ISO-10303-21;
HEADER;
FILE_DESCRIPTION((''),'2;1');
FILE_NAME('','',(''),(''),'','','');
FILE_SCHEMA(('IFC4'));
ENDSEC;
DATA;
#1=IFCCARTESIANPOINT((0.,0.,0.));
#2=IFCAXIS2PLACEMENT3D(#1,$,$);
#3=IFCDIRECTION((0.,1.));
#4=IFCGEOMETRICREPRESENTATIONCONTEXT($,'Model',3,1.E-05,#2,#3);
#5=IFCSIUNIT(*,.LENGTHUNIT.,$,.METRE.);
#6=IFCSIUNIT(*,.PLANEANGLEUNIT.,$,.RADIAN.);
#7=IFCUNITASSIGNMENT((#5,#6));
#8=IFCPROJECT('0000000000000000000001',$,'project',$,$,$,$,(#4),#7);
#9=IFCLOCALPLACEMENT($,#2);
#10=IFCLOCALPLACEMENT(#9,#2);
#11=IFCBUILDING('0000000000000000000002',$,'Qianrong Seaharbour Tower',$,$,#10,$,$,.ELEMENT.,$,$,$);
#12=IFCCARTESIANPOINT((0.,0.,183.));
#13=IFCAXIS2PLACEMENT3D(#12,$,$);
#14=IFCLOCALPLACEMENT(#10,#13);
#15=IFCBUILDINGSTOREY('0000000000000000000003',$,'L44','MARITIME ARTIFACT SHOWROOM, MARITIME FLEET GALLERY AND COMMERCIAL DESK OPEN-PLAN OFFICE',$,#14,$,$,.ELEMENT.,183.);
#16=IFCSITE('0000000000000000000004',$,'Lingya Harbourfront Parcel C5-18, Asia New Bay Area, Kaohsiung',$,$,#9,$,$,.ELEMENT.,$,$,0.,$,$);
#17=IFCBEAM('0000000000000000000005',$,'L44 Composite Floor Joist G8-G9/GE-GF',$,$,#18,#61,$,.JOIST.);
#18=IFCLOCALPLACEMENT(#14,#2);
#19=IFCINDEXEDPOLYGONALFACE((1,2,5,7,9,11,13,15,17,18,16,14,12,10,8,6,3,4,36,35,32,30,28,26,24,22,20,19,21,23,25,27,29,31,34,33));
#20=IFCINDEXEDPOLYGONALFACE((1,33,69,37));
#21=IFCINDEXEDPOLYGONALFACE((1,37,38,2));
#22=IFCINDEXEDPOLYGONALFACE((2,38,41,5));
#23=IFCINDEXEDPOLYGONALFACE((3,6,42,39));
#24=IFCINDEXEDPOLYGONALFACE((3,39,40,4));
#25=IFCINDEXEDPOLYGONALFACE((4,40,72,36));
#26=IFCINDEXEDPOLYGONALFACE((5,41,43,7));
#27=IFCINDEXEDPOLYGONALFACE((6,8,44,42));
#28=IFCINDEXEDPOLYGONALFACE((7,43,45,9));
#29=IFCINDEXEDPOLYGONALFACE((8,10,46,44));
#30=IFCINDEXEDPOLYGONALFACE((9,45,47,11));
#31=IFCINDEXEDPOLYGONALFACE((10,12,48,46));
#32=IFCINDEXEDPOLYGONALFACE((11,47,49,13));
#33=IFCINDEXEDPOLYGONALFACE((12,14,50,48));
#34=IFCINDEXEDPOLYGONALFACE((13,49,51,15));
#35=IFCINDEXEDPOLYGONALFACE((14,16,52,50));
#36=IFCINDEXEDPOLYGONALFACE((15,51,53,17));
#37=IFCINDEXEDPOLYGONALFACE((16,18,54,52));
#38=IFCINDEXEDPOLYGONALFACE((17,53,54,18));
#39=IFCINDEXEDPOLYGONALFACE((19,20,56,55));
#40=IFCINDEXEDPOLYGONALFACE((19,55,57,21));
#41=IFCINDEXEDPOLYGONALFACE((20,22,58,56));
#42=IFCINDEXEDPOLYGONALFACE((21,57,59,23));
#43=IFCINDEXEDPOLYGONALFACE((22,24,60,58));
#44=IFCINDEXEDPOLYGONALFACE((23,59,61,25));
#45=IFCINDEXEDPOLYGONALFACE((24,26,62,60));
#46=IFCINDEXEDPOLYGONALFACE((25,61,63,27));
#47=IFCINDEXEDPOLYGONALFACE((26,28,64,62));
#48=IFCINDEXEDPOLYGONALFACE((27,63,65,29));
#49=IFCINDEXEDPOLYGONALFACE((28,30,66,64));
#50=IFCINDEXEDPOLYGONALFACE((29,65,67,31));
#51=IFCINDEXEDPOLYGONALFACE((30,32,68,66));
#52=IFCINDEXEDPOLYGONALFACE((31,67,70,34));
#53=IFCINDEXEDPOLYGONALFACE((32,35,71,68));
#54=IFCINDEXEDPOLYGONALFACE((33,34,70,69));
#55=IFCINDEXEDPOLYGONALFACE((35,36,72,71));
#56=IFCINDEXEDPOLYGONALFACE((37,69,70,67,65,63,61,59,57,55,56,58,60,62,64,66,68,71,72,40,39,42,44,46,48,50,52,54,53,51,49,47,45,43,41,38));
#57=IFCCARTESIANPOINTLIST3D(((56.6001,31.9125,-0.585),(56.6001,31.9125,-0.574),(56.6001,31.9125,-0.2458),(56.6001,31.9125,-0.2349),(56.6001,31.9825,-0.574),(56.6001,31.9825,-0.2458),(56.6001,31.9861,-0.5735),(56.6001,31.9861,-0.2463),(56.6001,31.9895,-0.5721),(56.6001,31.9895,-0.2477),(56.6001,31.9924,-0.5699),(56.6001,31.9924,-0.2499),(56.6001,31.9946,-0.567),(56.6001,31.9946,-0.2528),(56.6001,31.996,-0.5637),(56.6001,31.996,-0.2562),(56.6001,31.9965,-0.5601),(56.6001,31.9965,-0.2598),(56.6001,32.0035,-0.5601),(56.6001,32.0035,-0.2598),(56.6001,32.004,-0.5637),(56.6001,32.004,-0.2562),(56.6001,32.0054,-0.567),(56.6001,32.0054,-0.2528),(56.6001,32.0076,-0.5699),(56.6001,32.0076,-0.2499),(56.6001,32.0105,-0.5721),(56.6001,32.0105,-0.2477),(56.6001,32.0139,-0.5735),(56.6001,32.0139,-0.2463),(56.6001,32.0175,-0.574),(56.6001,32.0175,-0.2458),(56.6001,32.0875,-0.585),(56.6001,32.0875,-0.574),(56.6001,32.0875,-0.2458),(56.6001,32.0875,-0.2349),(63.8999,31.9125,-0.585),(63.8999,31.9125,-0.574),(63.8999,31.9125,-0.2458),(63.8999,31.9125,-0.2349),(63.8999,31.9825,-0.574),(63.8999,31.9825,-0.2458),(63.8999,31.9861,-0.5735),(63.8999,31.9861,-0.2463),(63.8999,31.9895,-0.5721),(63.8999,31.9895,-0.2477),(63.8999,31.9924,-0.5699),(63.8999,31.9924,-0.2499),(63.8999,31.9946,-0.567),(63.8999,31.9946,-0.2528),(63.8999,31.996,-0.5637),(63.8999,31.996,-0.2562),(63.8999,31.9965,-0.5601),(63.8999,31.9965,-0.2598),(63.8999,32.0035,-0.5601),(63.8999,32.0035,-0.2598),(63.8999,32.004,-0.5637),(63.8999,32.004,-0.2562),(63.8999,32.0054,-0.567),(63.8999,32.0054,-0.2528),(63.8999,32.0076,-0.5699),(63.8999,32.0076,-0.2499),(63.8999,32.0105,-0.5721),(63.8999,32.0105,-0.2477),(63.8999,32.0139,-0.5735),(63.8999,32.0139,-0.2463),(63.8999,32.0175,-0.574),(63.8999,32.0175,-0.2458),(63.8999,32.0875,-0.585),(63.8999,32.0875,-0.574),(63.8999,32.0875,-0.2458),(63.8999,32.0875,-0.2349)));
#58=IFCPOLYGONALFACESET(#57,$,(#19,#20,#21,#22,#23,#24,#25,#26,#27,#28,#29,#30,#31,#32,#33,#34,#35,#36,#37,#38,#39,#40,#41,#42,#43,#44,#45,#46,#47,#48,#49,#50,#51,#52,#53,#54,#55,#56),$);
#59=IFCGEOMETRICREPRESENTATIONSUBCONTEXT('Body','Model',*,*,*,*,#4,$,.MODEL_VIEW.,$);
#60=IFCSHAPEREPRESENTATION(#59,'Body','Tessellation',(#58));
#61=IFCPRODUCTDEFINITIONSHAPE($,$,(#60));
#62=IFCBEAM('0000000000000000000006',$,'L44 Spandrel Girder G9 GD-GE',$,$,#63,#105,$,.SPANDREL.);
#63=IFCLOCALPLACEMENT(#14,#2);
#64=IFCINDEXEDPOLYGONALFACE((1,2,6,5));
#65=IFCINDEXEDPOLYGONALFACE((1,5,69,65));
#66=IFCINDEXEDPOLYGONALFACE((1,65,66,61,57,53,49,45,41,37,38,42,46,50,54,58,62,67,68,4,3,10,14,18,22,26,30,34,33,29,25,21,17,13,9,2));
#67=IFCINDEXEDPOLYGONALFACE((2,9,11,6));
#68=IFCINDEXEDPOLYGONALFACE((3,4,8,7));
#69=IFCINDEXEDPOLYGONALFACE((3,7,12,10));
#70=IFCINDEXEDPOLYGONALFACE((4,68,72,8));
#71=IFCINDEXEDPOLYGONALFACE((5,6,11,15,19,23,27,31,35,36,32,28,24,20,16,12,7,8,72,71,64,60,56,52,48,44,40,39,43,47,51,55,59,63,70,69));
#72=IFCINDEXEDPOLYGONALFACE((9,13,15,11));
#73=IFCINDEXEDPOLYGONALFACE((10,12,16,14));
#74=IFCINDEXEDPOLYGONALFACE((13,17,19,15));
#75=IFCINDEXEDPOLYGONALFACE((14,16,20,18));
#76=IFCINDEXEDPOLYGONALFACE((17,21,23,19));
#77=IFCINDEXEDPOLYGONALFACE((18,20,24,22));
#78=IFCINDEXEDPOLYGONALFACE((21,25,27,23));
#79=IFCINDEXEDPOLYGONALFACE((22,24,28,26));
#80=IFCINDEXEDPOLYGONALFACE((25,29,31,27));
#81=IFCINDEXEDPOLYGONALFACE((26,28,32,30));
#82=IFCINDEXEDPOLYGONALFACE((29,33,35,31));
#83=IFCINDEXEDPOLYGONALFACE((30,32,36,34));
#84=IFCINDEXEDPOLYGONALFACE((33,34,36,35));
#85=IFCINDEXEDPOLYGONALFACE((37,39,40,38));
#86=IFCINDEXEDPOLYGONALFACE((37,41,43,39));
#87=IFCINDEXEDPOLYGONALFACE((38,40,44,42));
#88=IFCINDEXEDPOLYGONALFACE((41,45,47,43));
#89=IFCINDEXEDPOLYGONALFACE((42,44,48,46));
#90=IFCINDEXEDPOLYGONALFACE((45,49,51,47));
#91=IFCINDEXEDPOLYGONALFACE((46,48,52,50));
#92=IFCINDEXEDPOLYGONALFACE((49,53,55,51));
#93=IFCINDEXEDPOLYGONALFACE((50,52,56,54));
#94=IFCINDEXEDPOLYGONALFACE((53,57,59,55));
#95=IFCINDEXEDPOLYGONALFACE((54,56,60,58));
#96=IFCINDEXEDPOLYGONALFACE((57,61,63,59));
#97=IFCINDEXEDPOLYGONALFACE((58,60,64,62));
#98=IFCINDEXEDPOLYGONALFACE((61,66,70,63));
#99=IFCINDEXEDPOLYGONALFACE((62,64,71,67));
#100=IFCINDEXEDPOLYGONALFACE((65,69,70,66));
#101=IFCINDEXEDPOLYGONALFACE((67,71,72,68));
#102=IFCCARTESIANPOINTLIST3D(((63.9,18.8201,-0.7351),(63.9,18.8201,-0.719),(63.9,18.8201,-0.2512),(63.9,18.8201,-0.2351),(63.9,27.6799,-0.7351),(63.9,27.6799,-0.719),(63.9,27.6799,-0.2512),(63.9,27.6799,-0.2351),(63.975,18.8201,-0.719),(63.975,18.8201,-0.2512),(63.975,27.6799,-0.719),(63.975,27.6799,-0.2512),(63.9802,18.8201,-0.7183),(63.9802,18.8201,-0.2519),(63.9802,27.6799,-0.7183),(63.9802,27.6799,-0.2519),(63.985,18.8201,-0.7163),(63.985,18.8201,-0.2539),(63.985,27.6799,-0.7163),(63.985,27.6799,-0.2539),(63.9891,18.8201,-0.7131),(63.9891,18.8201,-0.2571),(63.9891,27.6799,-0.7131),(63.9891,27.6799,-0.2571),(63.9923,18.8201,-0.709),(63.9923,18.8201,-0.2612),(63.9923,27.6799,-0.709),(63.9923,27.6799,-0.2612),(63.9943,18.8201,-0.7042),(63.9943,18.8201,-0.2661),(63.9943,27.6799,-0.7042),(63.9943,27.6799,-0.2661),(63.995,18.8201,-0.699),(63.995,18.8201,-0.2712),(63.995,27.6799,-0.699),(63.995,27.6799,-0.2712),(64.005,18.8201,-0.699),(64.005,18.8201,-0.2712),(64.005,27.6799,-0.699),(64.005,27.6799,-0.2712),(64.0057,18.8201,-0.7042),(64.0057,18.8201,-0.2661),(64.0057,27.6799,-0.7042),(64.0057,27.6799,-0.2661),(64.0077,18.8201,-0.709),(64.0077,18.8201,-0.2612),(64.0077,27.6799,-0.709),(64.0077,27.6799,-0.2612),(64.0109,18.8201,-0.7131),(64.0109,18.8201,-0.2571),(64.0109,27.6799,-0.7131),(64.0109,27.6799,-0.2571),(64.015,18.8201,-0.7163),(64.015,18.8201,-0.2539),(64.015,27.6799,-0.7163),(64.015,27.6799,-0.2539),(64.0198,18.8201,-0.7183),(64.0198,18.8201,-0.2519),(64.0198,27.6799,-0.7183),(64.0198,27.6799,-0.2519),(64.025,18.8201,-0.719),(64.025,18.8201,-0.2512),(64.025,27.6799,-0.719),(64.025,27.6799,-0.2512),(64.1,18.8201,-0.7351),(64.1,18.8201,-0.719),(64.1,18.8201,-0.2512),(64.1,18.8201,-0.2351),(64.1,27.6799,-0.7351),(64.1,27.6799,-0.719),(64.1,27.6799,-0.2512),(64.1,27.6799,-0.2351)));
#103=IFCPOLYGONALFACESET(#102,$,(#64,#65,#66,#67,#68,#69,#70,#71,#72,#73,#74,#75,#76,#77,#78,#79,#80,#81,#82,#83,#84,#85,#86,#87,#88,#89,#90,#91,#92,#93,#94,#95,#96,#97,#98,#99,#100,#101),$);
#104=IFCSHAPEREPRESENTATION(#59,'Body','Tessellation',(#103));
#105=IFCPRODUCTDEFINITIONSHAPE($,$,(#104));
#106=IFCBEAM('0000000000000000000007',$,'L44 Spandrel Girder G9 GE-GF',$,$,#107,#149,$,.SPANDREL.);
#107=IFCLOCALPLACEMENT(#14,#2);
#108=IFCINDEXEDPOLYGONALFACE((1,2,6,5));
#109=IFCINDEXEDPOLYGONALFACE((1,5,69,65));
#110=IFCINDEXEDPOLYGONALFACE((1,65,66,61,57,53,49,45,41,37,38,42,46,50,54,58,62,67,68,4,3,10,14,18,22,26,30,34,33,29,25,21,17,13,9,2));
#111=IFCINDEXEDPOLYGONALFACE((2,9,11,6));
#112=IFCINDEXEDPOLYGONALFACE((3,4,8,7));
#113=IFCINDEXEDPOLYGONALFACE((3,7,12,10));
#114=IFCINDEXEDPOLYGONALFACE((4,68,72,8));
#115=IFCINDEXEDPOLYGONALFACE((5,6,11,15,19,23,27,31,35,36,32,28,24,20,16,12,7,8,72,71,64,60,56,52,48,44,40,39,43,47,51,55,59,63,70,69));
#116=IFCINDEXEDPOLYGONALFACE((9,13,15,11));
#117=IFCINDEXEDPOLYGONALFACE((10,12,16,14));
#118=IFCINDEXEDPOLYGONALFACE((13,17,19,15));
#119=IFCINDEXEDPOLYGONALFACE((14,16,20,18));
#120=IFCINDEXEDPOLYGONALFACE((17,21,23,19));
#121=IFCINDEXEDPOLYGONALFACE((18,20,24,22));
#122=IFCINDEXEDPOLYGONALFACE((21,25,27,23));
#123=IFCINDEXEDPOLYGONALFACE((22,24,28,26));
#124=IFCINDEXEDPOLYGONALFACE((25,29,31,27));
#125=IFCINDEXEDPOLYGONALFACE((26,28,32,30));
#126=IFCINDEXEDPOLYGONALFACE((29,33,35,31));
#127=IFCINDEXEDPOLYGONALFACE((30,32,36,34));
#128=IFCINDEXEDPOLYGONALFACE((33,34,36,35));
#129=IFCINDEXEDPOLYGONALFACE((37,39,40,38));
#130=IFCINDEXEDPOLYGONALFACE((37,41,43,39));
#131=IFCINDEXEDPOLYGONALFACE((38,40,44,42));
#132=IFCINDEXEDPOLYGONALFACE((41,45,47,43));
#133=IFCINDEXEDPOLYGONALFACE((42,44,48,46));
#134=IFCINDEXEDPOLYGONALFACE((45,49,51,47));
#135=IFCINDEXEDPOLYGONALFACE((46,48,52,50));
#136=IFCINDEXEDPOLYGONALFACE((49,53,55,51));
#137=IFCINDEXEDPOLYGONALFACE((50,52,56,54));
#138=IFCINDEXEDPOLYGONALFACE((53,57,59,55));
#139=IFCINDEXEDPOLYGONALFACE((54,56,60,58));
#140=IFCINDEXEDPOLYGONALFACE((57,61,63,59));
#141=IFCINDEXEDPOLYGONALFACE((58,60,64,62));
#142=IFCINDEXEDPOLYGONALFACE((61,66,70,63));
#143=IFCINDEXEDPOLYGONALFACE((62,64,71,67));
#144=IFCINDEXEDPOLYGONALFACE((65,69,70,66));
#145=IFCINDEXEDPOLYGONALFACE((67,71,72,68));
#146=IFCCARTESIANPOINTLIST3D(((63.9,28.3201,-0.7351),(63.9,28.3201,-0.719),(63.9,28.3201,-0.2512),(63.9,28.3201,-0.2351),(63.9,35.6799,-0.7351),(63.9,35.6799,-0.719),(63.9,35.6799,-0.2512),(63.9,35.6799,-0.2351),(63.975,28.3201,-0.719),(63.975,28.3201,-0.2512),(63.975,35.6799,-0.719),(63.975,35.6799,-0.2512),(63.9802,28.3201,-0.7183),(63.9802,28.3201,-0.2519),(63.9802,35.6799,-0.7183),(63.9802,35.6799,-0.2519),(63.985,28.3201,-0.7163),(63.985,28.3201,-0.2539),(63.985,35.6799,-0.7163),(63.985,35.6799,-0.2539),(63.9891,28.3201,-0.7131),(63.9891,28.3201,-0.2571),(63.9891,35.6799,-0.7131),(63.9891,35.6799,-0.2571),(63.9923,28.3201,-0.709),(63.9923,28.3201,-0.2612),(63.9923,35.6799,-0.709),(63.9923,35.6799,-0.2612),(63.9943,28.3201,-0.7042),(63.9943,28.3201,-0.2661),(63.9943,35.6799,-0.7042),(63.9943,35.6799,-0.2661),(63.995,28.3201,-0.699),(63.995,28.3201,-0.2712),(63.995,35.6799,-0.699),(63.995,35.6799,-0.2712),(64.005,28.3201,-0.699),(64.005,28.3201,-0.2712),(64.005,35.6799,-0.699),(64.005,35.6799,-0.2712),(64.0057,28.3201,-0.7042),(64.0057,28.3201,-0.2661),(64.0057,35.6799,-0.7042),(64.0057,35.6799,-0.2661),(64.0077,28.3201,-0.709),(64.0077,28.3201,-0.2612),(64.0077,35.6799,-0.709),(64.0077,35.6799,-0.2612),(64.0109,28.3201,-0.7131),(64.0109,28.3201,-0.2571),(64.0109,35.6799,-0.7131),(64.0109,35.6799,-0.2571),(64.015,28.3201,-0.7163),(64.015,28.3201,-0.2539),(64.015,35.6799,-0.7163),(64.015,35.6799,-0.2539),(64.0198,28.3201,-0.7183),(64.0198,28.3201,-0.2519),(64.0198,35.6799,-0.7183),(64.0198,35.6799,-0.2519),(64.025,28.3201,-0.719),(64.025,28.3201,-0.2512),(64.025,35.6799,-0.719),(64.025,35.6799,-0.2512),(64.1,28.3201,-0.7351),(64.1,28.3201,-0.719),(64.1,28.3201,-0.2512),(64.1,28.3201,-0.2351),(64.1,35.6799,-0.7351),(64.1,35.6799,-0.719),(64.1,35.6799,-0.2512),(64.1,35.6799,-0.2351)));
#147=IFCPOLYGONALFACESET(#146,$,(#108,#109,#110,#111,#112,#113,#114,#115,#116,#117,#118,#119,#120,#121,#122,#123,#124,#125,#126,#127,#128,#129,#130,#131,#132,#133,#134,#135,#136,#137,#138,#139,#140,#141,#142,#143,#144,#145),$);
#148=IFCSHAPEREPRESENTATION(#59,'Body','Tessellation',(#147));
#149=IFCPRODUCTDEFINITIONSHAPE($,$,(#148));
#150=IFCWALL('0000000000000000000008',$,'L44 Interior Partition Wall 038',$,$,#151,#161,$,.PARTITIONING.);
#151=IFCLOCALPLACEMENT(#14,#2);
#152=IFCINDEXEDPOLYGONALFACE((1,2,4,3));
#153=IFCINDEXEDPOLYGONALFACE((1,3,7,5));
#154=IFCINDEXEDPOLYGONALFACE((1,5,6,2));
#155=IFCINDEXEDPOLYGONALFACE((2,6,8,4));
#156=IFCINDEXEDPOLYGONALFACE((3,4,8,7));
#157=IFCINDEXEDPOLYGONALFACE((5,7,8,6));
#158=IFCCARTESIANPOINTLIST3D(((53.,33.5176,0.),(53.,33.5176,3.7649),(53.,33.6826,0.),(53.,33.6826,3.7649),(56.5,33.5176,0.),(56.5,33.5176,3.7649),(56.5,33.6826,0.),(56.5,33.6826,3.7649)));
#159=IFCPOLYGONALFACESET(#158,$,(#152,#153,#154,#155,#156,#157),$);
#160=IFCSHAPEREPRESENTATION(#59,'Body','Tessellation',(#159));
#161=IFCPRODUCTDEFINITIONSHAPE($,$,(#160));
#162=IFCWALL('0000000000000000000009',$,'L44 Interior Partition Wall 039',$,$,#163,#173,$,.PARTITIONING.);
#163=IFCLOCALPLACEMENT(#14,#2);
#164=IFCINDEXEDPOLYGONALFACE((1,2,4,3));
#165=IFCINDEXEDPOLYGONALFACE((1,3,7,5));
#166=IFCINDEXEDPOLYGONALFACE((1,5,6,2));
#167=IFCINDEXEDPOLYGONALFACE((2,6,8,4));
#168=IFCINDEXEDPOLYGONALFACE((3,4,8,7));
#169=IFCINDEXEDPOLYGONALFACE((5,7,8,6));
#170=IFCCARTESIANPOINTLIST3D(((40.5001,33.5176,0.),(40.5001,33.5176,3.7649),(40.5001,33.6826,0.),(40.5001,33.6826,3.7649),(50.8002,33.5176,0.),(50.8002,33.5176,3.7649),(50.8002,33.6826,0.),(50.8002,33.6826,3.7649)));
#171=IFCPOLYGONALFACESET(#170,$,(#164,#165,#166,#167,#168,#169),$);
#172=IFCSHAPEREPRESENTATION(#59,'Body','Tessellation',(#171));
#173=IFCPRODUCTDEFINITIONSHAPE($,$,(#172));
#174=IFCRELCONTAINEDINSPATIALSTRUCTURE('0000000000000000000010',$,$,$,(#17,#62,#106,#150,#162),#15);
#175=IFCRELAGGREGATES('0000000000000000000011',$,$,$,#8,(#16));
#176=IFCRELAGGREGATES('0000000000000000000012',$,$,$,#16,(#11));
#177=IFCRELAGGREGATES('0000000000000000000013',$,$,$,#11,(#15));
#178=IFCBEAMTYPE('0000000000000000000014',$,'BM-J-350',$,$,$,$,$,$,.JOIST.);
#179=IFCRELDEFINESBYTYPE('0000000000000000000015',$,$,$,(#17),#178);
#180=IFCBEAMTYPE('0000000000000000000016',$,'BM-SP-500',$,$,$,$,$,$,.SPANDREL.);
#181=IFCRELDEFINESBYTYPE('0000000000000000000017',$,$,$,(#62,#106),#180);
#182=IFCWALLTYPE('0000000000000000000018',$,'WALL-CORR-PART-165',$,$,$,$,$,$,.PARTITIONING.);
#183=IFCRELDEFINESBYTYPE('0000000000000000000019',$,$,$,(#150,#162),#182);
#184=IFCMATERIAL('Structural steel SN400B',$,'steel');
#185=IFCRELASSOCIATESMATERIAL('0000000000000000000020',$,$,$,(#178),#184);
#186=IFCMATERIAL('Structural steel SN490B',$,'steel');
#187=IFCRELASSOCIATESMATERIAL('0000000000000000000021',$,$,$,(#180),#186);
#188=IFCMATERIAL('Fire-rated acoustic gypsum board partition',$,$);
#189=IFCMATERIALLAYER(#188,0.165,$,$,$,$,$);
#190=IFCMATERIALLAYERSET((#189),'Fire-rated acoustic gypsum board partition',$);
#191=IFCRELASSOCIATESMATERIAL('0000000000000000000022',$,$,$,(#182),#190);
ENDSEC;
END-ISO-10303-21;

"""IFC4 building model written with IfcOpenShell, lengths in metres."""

from ifc_helpers import new_model, si_unit, direction, frame, frame_2d, origin, origin_2d, place, context, subcontext, project, spatial, rectangle, i_section, extrude, material, layer, layer_set, material_profile, profile_set, type_object, element, save


model = new_model("IFC4")

# Units and contexts
model_context = context("Model", 3, precision=1e-05, world=origin(), true_north=direction((0.0, 1.0)))
body_context = subcontext(model_context, "Body", "Model", "MODEL_VIEW")
ifc_project = project(units=[si_unit("LENGTHUNIT", "METRE"), si_unit("PLANEANGLEUNIT", "RADIAN")], contexts=[model_context])

# Site, building, storey
site_placement = place(None, origin())
site = spatial("IfcSite", under=ifc_project, at=site_placement, Name="Lingya Harbourfront Parcel C5-18, Asia New Bay Area, Kaohsiung", CompositionType="ELEMENT", RefElevation=0.0)
building_placement = place(site_placement, origin())
building = spatial("IfcBuilding", under=site, at=building_placement, Name="Qianrong Seaharbour Tower", CompositionType="ELEMENT")
storey_placement = place(building_placement, frame((0.0, 0.0, 183.0)))
storey = spatial("IfcBuildingStorey", under=building, at=storey_placement, Name="L44", Description="MARITIME ARTIFACT SHOWROOM, MARITIME FLEET GALLERY AND COMMERCIAL DESK OPEN-PLAN OFFICE", CompositionType="ELEMENT", Elevation=183.0)

# Shared definitions
ifc_material_1 = material(Name="Structural steel SN490B", Category="steel")

# Beams
ifc_material_2 = material(Name="Structural steel SN400B", Category="steel")
ifc_material_profile_1 = material_profile(ifc_material_2, i_section(OverallWidth=0.175, OverallDepth=0.3501, WebThickness=0.0071, FlangeThickness=0.011, FilletRadius=0.0139, at=origin_2d()), Name="H350x175x7x11")
ifc_profile_set_1 = profile_set([ifc_material_profile_1], Name="Structural steel SN400B")
beam_type_1 = type_object("IfcBeamType", Name="BM-J-350", PredefinedType="JOIST", material=ifc_profile_set_1)
beam_1_placement = place(storey_placement, frame((56.6001, 32.0, -0.4099), z_axis=(1.0, 0.0, 0.0), x_axis=(0.0, 1.0, 0.0)))
element("IfcBeam", 1, at=beam_1_placement, inside=storey, type_object=beam_type_1, Name="L44 Composite Floor Joist G8-G9/GE-GF", PredefinedType="JOIST", context=body_context, shape_type="SweptSolid", body=[
    extrude(i_section(OverallWidth=0.175, OverallDepth=0.3501, WebThickness=0.0071, FlangeThickness=0.011, FilletRadius=0.0139, at=origin_2d()), origin(), (0.0, 0.0, 1.0), 7.2998),
])
ifc_material_profile_2 = material_profile(ifc_material_1, i_section(OverallWidth=0.2, OverallDepth=0.5, WebThickness=0.01, FlangeThickness=0.0161, FilletRadius=0.02, at=origin_2d()), Name="H500x200x10x16")
ifc_profile_set_2 = profile_set([ifc_material_profile_2], Name="Structural steel SN490B")
beam_type_2 = type_object("IfcBeamType", Name="BM-SP-500", PredefinedType="SPANDREL", material=ifc_profile_set_2)
beam_2_placement = place(storey_placement, frame((64.0, 18.8201, -0.4851), z_axis=(0.0, 1.0, 0.0), x_axis=(-1.0, 0.0, 0.0)))
element("IfcBeam", 2, at=beam_2_placement, inside=storey, type_object=beam_type_2, Name="L44 Spandrel Girder G9 GD-GE", PredefinedType="SPANDREL", context=body_context, shape_type="SweptSolid", body=[
    extrude(i_section(OverallWidth=0.2, OverallDepth=0.5, WebThickness=0.01, FlangeThickness=0.0161, FilletRadius=0.02, at=origin_2d()), origin(), (0.0, 0.0, 1.0), 8.8599),
])
beam_3_placement = place(storey_placement, frame((64.0, 28.3201, -0.4851), z_axis=(0.0, 1.0, 0.0), x_axis=(-1.0, 0.0, 0.0)))
element("IfcBeam", 3, at=beam_3_placement, inside=storey, type_object=beam_type_2, Name="L44 Spandrel Girder G9 GE-GF", PredefinedType="SPANDREL", context=body_context, shape_type="SweptSolid", body=[
    extrude(i_section(OverallWidth=0.2, OverallDepth=0.5, WebThickness=0.01, FlangeThickness=0.0161, FilletRadius=0.02, at=origin_2d()), origin(), (0.0, 0.0, 1.0), 7.3599),
])

# Walls
ifc_material_3 = material(Name="Fire-rated acoustic gypsum board partition")
ifc_layer_1 = layer(ifc_material_3, 0.165)
ifc_layer_set_1 = layer_set([ifc_layer_1], Name="Fire-rated acoustic gypsum board partition")
wall_type_1 = type_object("IfcWallType", Name="WALL-CORR-PART-165", PredefinedType="PARTITIONING", material=ifc_layer_set_1)
wall_1_placement = place(storey_placement, frame((56.5, 33.6001, 0.0), z_axis=(0.0, 0.0, 1.0), x_axis=(-1.0, 0.0, 0.0)))
element("IfcWall", 4, at=wall_1_placement, inside=storey, type_object=wall_type_1, Name="L44 Interior Partition Wall 038", PredefinedType="PARTITIONING", context=body_context, shape_type="SweptSolid", body=[
    extrude(rectangle(XDim=3.5, YDim=0.165, at=frame_2d((1.75, 0.0))), origin(), (0.0, 0.0, 1.0), 3.7649),
])
wall_2_placement = place(storey_placement, frame((50.8, 33.6001, 0.0), z_axis=(0.0, 0.0, 1.0), x_axis=(-1.0, 0.0, 0.0)))
element("IfcWall", 5, at=wall_2_placement, inside=storey, type_object=wall_type_1, Name="L44 Interior Partition Wall 039", PredefinedType="PARTITIONING", context=body_context, shape_type="SweptSolid", body=[
    extrude(rectangle(XDim=10.3, YDim=0.165, at=frame_2d((5.1499, 0.0))), origin(), (0.0, 0.0, 1.0), 3.7649),
])

save(model, "model.ifc")
